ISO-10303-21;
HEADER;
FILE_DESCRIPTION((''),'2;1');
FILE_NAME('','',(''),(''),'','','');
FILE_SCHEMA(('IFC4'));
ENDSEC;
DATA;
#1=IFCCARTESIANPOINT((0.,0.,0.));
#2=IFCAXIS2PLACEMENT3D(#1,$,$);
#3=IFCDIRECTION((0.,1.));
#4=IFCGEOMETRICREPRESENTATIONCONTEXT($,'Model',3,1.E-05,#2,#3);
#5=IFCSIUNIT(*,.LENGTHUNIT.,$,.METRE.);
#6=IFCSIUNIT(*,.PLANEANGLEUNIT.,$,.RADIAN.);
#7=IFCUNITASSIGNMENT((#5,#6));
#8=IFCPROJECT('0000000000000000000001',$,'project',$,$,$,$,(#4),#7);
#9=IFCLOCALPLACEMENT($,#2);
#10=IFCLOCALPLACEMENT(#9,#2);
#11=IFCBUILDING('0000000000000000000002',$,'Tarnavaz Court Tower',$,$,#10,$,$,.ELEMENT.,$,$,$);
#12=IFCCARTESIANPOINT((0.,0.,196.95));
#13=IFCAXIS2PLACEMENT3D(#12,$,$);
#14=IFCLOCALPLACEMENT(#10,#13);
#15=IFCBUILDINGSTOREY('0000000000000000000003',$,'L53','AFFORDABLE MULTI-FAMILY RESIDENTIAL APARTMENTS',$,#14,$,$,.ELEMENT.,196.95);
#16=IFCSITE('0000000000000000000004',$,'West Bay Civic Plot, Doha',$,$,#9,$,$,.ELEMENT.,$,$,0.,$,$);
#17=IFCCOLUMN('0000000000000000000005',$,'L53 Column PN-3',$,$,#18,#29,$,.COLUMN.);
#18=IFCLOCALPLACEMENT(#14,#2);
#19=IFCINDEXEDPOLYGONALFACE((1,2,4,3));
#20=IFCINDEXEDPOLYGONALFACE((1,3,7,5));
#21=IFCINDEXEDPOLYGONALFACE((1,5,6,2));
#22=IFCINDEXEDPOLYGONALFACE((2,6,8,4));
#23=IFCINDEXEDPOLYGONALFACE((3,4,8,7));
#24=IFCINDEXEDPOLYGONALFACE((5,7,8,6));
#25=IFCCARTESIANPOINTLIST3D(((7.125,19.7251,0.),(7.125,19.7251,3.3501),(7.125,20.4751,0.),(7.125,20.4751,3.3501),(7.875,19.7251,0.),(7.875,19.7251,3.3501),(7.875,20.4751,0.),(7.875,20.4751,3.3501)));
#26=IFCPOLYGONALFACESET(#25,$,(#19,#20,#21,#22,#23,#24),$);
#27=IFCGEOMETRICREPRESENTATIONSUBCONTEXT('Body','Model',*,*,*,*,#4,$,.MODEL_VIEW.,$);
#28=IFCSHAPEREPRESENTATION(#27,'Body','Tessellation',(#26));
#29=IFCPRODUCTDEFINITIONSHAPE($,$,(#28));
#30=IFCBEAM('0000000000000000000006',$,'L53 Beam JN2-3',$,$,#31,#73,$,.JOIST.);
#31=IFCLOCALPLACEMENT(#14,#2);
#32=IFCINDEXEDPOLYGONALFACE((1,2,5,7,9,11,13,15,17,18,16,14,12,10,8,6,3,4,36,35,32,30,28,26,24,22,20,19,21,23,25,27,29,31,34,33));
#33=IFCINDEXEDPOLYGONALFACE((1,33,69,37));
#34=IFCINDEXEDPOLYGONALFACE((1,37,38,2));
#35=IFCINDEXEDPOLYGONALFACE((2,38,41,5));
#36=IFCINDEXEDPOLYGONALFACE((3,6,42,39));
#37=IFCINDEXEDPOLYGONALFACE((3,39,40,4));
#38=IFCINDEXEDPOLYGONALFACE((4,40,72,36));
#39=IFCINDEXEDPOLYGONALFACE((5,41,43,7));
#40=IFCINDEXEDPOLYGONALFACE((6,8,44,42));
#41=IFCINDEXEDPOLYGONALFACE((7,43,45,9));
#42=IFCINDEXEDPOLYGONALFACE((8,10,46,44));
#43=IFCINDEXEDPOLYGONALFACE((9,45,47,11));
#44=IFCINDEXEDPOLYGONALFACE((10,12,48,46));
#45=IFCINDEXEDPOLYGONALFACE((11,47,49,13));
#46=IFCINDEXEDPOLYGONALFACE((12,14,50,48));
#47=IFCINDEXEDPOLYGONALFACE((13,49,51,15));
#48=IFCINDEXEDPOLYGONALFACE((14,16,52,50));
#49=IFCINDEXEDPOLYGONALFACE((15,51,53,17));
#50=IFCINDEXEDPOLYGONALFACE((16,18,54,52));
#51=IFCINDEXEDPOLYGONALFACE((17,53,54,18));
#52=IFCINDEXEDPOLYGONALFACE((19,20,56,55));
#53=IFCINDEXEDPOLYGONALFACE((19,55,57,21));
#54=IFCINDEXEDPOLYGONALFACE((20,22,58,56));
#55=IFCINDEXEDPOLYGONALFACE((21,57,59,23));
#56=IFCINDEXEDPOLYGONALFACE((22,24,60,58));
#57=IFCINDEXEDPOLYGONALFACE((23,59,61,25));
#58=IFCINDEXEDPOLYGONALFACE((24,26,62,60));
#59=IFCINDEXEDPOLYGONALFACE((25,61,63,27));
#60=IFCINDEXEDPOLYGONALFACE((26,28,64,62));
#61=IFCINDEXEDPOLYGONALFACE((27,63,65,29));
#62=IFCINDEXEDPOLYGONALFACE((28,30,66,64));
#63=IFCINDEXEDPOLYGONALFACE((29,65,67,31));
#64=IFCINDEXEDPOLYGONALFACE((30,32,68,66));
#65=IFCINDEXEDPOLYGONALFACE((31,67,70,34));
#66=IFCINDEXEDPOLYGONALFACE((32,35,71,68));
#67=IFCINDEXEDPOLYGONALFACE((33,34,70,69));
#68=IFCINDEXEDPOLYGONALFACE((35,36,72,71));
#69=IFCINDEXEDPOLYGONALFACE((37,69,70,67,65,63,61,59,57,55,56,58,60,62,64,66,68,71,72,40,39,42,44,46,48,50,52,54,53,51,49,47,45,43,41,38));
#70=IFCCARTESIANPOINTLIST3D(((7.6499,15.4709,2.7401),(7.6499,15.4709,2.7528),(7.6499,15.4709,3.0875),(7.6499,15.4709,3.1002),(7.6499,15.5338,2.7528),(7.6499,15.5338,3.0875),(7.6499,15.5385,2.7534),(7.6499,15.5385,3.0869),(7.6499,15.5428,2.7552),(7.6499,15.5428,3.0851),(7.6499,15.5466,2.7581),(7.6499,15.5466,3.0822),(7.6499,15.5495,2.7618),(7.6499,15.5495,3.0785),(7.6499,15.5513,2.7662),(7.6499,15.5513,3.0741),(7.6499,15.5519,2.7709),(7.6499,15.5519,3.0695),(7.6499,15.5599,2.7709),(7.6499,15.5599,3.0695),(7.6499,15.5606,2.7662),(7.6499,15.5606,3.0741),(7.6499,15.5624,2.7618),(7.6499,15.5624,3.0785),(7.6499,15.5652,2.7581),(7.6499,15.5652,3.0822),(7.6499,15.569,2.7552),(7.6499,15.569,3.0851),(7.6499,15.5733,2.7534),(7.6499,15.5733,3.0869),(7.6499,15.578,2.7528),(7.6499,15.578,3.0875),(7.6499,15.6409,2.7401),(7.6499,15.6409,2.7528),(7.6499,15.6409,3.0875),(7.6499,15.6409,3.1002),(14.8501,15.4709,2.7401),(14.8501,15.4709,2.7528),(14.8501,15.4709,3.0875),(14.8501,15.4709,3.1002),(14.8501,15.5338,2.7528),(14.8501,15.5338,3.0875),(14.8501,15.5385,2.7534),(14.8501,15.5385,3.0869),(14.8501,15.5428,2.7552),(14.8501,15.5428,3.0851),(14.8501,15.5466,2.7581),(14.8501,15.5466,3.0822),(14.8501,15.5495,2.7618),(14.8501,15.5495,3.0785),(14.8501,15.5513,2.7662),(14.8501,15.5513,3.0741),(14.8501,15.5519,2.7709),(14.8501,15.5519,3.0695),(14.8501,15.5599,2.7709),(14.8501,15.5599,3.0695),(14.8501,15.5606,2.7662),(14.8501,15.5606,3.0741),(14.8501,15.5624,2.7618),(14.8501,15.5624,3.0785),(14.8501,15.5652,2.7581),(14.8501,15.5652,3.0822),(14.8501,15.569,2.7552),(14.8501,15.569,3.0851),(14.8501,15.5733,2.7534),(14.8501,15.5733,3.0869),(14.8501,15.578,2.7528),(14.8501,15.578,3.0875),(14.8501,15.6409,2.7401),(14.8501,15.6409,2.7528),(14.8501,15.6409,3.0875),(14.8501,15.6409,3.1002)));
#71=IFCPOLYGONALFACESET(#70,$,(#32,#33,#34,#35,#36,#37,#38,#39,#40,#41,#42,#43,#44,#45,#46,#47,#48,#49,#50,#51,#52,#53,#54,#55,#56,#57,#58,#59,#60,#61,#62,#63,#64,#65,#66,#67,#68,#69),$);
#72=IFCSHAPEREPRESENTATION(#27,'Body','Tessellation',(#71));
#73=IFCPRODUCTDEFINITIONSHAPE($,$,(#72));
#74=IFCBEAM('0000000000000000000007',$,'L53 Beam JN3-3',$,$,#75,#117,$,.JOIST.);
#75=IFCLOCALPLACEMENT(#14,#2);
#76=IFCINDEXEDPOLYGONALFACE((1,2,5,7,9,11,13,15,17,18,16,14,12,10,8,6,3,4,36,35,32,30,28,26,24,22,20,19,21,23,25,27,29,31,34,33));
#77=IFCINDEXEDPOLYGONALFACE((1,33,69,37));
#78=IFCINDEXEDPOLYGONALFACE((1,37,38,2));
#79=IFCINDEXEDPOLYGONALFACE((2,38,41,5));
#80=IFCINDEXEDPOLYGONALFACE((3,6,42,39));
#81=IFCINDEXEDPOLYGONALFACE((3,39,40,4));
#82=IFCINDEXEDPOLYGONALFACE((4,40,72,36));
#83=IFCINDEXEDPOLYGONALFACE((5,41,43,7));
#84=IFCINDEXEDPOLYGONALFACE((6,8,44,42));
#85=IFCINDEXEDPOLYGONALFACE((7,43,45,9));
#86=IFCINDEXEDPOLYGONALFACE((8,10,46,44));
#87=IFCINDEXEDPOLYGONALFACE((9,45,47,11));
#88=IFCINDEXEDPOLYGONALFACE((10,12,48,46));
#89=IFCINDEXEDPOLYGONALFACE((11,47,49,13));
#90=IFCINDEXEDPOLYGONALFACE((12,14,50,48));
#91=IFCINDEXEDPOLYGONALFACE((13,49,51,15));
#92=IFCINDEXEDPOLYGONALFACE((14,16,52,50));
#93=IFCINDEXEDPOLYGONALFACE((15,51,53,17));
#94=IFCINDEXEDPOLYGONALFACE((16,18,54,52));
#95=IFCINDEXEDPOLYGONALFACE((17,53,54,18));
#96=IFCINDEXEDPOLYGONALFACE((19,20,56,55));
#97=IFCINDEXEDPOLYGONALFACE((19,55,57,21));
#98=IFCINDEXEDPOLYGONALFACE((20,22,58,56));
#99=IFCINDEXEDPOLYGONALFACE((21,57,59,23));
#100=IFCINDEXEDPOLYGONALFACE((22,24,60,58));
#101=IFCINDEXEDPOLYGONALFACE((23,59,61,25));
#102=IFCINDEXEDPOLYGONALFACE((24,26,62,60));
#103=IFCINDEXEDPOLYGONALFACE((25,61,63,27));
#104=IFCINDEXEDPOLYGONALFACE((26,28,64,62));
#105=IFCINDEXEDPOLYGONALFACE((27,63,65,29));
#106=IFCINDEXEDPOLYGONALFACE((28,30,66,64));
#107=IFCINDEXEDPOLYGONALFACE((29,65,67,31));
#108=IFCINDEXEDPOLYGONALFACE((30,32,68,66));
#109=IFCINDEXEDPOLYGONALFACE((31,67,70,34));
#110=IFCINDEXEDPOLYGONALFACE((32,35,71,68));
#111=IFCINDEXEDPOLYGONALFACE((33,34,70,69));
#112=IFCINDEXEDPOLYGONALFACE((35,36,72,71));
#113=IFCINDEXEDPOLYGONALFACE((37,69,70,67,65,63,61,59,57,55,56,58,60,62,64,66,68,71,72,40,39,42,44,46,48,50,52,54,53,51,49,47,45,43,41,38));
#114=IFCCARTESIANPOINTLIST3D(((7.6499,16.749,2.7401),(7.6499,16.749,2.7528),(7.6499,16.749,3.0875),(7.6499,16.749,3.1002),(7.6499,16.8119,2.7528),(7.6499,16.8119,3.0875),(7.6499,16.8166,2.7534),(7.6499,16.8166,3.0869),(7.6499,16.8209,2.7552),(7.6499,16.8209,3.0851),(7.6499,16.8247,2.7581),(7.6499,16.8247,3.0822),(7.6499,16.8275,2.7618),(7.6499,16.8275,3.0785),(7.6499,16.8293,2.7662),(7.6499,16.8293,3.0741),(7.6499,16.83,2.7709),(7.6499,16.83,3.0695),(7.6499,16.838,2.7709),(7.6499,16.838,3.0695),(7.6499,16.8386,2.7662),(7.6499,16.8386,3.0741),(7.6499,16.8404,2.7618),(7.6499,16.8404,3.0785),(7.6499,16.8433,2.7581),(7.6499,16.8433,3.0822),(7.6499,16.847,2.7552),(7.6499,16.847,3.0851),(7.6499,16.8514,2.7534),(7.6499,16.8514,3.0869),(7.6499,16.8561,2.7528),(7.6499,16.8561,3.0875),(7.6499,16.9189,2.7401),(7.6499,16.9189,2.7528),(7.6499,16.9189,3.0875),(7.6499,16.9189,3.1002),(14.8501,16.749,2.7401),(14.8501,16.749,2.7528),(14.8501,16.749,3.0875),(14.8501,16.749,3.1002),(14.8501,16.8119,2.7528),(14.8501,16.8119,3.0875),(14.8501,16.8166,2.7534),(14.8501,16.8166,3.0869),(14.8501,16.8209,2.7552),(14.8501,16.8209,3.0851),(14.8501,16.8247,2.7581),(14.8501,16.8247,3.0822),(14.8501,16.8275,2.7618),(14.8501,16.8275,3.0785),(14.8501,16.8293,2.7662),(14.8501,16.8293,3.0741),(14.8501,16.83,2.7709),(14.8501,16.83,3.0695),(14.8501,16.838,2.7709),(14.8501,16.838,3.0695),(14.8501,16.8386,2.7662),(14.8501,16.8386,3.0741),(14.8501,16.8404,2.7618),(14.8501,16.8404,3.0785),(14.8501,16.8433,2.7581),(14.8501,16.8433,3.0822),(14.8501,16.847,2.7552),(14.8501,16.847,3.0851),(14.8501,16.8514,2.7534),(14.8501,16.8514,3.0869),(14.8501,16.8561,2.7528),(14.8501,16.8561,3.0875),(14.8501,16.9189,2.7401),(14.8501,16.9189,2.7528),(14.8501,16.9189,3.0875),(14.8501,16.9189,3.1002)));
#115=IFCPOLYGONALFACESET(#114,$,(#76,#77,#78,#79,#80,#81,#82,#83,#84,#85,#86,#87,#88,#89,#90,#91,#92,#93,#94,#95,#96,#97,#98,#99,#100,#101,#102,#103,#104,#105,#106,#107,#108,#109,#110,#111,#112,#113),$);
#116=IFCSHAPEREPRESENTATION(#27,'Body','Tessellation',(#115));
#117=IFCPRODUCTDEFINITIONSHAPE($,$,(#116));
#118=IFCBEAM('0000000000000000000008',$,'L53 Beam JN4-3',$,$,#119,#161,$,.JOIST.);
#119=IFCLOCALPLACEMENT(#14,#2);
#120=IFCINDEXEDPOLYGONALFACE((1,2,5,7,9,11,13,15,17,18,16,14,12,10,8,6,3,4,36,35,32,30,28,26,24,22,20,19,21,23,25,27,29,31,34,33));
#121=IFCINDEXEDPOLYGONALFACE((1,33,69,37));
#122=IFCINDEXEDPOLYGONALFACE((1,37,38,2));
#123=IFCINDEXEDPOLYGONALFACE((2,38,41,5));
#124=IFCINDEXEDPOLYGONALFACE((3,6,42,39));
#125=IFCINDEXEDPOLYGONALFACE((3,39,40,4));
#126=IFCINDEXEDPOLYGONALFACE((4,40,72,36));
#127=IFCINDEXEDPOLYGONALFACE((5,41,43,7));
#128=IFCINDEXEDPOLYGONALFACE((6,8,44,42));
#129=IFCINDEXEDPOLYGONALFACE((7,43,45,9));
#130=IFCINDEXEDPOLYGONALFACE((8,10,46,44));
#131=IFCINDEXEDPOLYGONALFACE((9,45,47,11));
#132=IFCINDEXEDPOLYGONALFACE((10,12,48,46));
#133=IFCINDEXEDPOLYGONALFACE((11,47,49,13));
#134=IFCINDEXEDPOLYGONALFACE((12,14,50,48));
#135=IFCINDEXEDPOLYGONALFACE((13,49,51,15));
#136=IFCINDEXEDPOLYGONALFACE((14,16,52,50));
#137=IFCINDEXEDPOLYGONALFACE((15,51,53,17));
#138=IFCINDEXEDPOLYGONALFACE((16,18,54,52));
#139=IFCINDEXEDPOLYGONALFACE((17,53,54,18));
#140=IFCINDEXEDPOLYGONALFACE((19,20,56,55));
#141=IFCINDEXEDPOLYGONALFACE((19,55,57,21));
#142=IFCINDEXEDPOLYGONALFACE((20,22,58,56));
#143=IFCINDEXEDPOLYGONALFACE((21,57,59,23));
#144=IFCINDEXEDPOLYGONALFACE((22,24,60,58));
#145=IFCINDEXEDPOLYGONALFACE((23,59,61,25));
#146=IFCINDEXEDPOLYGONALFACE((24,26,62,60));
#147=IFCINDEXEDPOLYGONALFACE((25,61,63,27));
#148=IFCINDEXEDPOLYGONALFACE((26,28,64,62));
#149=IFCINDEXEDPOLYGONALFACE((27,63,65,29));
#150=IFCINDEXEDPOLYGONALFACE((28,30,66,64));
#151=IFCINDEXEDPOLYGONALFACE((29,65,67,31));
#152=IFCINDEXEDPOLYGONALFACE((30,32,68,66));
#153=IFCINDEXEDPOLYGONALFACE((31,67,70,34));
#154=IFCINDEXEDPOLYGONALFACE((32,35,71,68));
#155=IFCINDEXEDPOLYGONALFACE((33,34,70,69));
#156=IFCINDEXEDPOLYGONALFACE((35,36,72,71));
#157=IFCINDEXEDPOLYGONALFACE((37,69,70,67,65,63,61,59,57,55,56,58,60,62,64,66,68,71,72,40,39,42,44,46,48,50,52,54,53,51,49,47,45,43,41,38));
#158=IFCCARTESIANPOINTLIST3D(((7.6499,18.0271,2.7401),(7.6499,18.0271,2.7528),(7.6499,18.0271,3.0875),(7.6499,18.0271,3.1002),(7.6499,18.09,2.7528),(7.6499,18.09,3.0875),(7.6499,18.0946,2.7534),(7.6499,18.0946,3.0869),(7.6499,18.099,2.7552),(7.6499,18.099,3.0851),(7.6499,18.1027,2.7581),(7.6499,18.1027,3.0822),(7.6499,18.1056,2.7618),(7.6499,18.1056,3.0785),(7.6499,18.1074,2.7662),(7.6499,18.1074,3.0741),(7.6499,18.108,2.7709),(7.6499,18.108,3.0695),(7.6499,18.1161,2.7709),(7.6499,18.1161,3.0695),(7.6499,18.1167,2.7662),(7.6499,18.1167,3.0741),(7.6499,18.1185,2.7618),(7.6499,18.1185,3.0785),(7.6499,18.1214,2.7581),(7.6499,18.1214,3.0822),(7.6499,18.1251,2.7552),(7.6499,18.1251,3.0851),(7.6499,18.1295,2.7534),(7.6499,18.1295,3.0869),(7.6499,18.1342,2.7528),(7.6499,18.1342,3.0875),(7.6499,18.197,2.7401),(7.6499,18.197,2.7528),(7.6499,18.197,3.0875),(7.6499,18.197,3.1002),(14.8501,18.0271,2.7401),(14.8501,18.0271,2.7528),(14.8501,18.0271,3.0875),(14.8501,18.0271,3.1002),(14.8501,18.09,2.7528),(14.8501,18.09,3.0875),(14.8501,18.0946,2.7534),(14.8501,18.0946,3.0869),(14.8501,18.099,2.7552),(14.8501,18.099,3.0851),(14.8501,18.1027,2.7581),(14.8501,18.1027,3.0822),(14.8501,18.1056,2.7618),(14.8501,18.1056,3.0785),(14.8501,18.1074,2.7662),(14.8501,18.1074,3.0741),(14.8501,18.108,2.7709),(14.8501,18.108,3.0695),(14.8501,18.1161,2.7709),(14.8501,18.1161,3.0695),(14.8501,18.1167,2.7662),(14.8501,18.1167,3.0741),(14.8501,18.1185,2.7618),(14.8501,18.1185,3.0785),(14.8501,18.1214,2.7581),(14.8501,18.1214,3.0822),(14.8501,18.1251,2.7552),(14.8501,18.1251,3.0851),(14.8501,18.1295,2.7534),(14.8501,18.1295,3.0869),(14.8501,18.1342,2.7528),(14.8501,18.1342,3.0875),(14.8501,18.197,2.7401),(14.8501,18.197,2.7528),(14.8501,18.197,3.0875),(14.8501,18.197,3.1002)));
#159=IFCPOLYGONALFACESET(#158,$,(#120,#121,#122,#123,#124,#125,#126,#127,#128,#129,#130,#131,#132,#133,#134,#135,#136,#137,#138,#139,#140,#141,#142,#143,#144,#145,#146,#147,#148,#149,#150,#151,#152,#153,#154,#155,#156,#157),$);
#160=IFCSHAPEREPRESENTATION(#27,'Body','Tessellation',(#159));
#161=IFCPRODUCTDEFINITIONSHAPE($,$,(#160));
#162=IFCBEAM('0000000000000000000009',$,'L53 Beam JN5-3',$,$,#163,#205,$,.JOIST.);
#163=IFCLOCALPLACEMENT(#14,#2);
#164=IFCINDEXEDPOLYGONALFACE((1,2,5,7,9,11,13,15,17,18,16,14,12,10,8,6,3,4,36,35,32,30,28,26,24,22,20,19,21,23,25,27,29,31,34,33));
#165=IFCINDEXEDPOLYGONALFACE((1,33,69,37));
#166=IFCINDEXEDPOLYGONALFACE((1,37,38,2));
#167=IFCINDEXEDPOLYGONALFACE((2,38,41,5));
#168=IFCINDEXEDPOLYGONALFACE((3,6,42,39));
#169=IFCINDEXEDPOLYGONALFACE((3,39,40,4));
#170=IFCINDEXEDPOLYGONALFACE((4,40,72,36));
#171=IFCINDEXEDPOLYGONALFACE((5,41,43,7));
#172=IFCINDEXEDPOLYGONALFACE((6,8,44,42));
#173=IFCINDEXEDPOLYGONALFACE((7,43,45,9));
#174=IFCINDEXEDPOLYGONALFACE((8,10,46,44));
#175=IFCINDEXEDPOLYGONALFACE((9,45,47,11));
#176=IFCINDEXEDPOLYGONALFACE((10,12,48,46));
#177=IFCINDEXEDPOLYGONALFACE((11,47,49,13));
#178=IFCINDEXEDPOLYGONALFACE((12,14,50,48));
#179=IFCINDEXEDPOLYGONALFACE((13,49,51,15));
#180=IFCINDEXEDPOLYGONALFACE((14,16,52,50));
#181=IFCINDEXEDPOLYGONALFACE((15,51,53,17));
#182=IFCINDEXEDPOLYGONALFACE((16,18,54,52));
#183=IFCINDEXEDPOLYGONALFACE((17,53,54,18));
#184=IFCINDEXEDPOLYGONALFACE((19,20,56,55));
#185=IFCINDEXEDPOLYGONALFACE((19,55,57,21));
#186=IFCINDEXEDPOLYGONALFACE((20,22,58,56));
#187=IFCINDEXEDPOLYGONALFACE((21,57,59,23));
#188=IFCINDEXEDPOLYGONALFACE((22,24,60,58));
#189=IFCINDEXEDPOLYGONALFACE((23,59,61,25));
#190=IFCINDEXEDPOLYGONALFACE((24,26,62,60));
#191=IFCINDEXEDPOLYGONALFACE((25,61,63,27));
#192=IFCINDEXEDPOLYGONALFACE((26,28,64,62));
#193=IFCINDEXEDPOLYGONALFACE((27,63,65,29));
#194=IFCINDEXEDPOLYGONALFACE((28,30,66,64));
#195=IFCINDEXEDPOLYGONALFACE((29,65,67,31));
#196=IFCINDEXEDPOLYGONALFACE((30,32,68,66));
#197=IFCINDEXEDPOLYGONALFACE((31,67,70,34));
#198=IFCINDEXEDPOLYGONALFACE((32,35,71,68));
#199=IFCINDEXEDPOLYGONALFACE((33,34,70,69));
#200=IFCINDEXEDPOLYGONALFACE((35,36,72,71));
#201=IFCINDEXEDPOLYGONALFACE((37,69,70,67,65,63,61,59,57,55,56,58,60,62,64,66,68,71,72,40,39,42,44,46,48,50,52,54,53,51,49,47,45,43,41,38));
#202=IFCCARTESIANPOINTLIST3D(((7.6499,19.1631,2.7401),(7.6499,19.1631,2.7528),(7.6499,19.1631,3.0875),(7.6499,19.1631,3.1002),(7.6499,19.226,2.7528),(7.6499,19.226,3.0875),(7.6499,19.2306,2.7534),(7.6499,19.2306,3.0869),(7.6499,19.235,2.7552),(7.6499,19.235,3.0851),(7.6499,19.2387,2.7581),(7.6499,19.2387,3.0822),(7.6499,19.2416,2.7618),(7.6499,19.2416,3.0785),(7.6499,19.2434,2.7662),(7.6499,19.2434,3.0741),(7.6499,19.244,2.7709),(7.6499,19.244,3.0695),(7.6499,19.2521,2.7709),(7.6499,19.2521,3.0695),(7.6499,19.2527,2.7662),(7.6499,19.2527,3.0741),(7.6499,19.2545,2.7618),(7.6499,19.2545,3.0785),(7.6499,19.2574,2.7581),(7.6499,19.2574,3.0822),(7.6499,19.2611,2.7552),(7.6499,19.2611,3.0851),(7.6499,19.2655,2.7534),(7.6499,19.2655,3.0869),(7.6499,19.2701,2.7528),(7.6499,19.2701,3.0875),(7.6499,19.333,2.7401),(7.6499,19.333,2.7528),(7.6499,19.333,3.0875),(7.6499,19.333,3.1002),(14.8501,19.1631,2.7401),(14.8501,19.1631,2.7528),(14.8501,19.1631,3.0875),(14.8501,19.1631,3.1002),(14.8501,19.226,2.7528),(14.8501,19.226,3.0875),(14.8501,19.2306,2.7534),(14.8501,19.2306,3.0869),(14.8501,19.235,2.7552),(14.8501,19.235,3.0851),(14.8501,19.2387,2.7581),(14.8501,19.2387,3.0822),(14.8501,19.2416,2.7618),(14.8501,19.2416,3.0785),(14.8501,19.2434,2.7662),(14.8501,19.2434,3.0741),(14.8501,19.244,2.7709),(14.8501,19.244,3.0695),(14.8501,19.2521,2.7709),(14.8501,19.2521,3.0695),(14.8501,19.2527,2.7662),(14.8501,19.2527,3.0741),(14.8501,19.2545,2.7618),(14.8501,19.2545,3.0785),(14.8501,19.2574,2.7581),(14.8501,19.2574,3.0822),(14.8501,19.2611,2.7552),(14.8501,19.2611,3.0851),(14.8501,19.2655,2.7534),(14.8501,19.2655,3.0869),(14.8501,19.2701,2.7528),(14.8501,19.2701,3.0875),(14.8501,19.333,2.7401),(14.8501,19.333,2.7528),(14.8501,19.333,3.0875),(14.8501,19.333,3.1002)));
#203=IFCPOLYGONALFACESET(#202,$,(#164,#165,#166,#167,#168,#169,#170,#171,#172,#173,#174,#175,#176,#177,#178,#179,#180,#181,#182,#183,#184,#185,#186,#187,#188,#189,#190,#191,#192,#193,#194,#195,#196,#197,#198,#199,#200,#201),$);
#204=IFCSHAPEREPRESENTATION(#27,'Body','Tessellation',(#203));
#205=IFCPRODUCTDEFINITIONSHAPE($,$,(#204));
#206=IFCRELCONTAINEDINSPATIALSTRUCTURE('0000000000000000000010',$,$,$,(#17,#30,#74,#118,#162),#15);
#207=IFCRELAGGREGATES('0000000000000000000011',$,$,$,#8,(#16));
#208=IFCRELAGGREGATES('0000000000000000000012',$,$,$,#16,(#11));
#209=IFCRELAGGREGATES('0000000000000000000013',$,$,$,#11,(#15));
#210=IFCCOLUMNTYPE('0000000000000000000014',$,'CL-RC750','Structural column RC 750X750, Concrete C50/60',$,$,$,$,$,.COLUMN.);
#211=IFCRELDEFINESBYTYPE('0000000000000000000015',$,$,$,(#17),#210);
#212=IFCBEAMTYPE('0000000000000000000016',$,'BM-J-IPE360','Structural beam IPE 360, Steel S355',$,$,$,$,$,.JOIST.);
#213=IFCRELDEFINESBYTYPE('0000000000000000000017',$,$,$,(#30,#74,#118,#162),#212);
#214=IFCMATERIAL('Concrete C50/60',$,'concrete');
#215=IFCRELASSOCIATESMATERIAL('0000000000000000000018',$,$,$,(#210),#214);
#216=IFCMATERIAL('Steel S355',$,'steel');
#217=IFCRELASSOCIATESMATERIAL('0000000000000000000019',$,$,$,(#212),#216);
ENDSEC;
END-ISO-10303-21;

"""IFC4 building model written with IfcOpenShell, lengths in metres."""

from ifc_helpers import new_model, si_unit, direction, frame, origin, origin_2d, place, context, subcontext, project, spatial, rectangle, i_section, extrude, material, material_profile, profile_set, type_object, element, save


model = new_model("IFC4")

# Units and contexts
model_context = context("Model", 3, precision=1e-05, world=origin(), true_north=direction((0.0, 1.0)))
body_context = subcontext(model_context, "Body", "Model", "MODEL_VIEW")
ifc_project = project(units=[si_unit("LENGTHUNIT", "METRE"), si_unit("PLANEANGLEUNIT", "RADIAN")], contexts=[model_context])

# Site, building, storey
site_placement = place(None, origin())
site = spatial("IfcSite", under=ifc_project, at=site_placement, Name="West Bay Civic Plot, Doha", CompositionType="ELEMENT", RefElevation=0.0)
building_placement = place(site_placement, origin())
building = spatial("IfcBuilding", under=site, at=building_placement, Name="Tarnavaz Court Tower", CompositionType="ELEMENT")
storey_placement = place(building_placement, frame((0.0, 0.0, 196.95)))
storey = spatial("IfcBuildingStorey", under=building, at=storey_placement, Name="L53", Description="AFFORDABLE MULTI-FAMILY RESIDENTIAL APARTMENTS", CompositionType="ELEMENT", Elevation=196.95)

# Column
ifc_material_1 = material(Name="Concrete C50/60", Category="concrete")
ifc_material_profile_1 = material_profile(ifc_material_1, rectangle(XDim=0.75, YDim=0.75, at=origin_2d()), Name="RC 750X750")
ifc_profile_set_1 = profile_set([ifc_material_profile_1], Name="Concrete C50/60")
column_type = type_object("IfcColumnType", Name="CL-RC750", Description="Structural column RC 750X750, Concrete C50/60", PredefinedType="COLUMN", material=ifc_profile_set_1)
column_placement = place(storey_placement, frame((7.5, 20.1001, 0.0), z_axis=(0.0, 0.0, 1.0), x_axis=(1.0, 0.0, 0.0)))
element("IfcColumn", 1, at=column_placement, inside=storey, type_object=column_type, Name="L53 Column PN-3", PredefinedType="COLUMN", context=body_context, shape_type="SweptSolid", body=[
    extrude(rectangle(XDim=0.75, YDim=0.75, at=origin_2d()), origin(), (0.0, 0.0, 1.0), 3.3501),
])

# Beams
ifc_material_2 = material(Name="Steel S355", Category="steel")
ifc_material_profile_2 = material_profile(ifc_material_2, i_section(OverallWidth=0.1699, OverallDepth=0.3601, WebThickness=0.0081, FlangeThickness=0.0127, FilletRadius=0.0181, at=origin_2d()), Name="IPE 360")
ifc_profile_set_2 = profile_set([ifc_material_profile_2], Name="Steel S355")
beam_type_1 = type_object("IfcBeamType", Name="BM-J-IPE360", Description="Structural beam IPE 360, Steel S355", PredefinedType="JOIST", material=ifc_profile_set_2)
for number, where, z_axis, x_axis, name in (
    (2, (7.6499, 15.5559, 2.9202), (1.0, 0.0, 0.0), (0.0, 1.0, 0.0), "L53 Beam JN2-3"),
    (3, (7.6499, 16.834, 2.9202), (1.0, 0.0, 0.0), (0.0, 1.0, 0.0), "L53 Beam JN3-3"),
    (4, (7.6499, 18.1121, 2.9202), (1.0, 0.0, 0.0), (0.0, 1.0, 0.0), "L53 Beam JN4-3"),
    (5, (7.6499, 19.248, 2.9202), (1.0, 0.0, 0.0), (0.0, 1.0, 0.0), "L53 Beam JN5-3"),
):
    element("IfcBeam", number, at=place(storey_placement, frame(where, z_axis=z_axis, x_axis=x_axis)), inside=storey, type_object=beam_type_1, Name=name, PredefinedType="JOIST", context=body_context, shape_type="SweptSolid", body=[
        extrude(i_section(OverallWidth=0.1699, OverallDepth=0.3601, WebThickness=0.0081, FlangeThickness=0.0127, FilletRadius=0.0181, at=origin_2d()), origin(), (0.0, 0.0, 1.0), 7.2002),
    ])

save(model, "model.ifc")
